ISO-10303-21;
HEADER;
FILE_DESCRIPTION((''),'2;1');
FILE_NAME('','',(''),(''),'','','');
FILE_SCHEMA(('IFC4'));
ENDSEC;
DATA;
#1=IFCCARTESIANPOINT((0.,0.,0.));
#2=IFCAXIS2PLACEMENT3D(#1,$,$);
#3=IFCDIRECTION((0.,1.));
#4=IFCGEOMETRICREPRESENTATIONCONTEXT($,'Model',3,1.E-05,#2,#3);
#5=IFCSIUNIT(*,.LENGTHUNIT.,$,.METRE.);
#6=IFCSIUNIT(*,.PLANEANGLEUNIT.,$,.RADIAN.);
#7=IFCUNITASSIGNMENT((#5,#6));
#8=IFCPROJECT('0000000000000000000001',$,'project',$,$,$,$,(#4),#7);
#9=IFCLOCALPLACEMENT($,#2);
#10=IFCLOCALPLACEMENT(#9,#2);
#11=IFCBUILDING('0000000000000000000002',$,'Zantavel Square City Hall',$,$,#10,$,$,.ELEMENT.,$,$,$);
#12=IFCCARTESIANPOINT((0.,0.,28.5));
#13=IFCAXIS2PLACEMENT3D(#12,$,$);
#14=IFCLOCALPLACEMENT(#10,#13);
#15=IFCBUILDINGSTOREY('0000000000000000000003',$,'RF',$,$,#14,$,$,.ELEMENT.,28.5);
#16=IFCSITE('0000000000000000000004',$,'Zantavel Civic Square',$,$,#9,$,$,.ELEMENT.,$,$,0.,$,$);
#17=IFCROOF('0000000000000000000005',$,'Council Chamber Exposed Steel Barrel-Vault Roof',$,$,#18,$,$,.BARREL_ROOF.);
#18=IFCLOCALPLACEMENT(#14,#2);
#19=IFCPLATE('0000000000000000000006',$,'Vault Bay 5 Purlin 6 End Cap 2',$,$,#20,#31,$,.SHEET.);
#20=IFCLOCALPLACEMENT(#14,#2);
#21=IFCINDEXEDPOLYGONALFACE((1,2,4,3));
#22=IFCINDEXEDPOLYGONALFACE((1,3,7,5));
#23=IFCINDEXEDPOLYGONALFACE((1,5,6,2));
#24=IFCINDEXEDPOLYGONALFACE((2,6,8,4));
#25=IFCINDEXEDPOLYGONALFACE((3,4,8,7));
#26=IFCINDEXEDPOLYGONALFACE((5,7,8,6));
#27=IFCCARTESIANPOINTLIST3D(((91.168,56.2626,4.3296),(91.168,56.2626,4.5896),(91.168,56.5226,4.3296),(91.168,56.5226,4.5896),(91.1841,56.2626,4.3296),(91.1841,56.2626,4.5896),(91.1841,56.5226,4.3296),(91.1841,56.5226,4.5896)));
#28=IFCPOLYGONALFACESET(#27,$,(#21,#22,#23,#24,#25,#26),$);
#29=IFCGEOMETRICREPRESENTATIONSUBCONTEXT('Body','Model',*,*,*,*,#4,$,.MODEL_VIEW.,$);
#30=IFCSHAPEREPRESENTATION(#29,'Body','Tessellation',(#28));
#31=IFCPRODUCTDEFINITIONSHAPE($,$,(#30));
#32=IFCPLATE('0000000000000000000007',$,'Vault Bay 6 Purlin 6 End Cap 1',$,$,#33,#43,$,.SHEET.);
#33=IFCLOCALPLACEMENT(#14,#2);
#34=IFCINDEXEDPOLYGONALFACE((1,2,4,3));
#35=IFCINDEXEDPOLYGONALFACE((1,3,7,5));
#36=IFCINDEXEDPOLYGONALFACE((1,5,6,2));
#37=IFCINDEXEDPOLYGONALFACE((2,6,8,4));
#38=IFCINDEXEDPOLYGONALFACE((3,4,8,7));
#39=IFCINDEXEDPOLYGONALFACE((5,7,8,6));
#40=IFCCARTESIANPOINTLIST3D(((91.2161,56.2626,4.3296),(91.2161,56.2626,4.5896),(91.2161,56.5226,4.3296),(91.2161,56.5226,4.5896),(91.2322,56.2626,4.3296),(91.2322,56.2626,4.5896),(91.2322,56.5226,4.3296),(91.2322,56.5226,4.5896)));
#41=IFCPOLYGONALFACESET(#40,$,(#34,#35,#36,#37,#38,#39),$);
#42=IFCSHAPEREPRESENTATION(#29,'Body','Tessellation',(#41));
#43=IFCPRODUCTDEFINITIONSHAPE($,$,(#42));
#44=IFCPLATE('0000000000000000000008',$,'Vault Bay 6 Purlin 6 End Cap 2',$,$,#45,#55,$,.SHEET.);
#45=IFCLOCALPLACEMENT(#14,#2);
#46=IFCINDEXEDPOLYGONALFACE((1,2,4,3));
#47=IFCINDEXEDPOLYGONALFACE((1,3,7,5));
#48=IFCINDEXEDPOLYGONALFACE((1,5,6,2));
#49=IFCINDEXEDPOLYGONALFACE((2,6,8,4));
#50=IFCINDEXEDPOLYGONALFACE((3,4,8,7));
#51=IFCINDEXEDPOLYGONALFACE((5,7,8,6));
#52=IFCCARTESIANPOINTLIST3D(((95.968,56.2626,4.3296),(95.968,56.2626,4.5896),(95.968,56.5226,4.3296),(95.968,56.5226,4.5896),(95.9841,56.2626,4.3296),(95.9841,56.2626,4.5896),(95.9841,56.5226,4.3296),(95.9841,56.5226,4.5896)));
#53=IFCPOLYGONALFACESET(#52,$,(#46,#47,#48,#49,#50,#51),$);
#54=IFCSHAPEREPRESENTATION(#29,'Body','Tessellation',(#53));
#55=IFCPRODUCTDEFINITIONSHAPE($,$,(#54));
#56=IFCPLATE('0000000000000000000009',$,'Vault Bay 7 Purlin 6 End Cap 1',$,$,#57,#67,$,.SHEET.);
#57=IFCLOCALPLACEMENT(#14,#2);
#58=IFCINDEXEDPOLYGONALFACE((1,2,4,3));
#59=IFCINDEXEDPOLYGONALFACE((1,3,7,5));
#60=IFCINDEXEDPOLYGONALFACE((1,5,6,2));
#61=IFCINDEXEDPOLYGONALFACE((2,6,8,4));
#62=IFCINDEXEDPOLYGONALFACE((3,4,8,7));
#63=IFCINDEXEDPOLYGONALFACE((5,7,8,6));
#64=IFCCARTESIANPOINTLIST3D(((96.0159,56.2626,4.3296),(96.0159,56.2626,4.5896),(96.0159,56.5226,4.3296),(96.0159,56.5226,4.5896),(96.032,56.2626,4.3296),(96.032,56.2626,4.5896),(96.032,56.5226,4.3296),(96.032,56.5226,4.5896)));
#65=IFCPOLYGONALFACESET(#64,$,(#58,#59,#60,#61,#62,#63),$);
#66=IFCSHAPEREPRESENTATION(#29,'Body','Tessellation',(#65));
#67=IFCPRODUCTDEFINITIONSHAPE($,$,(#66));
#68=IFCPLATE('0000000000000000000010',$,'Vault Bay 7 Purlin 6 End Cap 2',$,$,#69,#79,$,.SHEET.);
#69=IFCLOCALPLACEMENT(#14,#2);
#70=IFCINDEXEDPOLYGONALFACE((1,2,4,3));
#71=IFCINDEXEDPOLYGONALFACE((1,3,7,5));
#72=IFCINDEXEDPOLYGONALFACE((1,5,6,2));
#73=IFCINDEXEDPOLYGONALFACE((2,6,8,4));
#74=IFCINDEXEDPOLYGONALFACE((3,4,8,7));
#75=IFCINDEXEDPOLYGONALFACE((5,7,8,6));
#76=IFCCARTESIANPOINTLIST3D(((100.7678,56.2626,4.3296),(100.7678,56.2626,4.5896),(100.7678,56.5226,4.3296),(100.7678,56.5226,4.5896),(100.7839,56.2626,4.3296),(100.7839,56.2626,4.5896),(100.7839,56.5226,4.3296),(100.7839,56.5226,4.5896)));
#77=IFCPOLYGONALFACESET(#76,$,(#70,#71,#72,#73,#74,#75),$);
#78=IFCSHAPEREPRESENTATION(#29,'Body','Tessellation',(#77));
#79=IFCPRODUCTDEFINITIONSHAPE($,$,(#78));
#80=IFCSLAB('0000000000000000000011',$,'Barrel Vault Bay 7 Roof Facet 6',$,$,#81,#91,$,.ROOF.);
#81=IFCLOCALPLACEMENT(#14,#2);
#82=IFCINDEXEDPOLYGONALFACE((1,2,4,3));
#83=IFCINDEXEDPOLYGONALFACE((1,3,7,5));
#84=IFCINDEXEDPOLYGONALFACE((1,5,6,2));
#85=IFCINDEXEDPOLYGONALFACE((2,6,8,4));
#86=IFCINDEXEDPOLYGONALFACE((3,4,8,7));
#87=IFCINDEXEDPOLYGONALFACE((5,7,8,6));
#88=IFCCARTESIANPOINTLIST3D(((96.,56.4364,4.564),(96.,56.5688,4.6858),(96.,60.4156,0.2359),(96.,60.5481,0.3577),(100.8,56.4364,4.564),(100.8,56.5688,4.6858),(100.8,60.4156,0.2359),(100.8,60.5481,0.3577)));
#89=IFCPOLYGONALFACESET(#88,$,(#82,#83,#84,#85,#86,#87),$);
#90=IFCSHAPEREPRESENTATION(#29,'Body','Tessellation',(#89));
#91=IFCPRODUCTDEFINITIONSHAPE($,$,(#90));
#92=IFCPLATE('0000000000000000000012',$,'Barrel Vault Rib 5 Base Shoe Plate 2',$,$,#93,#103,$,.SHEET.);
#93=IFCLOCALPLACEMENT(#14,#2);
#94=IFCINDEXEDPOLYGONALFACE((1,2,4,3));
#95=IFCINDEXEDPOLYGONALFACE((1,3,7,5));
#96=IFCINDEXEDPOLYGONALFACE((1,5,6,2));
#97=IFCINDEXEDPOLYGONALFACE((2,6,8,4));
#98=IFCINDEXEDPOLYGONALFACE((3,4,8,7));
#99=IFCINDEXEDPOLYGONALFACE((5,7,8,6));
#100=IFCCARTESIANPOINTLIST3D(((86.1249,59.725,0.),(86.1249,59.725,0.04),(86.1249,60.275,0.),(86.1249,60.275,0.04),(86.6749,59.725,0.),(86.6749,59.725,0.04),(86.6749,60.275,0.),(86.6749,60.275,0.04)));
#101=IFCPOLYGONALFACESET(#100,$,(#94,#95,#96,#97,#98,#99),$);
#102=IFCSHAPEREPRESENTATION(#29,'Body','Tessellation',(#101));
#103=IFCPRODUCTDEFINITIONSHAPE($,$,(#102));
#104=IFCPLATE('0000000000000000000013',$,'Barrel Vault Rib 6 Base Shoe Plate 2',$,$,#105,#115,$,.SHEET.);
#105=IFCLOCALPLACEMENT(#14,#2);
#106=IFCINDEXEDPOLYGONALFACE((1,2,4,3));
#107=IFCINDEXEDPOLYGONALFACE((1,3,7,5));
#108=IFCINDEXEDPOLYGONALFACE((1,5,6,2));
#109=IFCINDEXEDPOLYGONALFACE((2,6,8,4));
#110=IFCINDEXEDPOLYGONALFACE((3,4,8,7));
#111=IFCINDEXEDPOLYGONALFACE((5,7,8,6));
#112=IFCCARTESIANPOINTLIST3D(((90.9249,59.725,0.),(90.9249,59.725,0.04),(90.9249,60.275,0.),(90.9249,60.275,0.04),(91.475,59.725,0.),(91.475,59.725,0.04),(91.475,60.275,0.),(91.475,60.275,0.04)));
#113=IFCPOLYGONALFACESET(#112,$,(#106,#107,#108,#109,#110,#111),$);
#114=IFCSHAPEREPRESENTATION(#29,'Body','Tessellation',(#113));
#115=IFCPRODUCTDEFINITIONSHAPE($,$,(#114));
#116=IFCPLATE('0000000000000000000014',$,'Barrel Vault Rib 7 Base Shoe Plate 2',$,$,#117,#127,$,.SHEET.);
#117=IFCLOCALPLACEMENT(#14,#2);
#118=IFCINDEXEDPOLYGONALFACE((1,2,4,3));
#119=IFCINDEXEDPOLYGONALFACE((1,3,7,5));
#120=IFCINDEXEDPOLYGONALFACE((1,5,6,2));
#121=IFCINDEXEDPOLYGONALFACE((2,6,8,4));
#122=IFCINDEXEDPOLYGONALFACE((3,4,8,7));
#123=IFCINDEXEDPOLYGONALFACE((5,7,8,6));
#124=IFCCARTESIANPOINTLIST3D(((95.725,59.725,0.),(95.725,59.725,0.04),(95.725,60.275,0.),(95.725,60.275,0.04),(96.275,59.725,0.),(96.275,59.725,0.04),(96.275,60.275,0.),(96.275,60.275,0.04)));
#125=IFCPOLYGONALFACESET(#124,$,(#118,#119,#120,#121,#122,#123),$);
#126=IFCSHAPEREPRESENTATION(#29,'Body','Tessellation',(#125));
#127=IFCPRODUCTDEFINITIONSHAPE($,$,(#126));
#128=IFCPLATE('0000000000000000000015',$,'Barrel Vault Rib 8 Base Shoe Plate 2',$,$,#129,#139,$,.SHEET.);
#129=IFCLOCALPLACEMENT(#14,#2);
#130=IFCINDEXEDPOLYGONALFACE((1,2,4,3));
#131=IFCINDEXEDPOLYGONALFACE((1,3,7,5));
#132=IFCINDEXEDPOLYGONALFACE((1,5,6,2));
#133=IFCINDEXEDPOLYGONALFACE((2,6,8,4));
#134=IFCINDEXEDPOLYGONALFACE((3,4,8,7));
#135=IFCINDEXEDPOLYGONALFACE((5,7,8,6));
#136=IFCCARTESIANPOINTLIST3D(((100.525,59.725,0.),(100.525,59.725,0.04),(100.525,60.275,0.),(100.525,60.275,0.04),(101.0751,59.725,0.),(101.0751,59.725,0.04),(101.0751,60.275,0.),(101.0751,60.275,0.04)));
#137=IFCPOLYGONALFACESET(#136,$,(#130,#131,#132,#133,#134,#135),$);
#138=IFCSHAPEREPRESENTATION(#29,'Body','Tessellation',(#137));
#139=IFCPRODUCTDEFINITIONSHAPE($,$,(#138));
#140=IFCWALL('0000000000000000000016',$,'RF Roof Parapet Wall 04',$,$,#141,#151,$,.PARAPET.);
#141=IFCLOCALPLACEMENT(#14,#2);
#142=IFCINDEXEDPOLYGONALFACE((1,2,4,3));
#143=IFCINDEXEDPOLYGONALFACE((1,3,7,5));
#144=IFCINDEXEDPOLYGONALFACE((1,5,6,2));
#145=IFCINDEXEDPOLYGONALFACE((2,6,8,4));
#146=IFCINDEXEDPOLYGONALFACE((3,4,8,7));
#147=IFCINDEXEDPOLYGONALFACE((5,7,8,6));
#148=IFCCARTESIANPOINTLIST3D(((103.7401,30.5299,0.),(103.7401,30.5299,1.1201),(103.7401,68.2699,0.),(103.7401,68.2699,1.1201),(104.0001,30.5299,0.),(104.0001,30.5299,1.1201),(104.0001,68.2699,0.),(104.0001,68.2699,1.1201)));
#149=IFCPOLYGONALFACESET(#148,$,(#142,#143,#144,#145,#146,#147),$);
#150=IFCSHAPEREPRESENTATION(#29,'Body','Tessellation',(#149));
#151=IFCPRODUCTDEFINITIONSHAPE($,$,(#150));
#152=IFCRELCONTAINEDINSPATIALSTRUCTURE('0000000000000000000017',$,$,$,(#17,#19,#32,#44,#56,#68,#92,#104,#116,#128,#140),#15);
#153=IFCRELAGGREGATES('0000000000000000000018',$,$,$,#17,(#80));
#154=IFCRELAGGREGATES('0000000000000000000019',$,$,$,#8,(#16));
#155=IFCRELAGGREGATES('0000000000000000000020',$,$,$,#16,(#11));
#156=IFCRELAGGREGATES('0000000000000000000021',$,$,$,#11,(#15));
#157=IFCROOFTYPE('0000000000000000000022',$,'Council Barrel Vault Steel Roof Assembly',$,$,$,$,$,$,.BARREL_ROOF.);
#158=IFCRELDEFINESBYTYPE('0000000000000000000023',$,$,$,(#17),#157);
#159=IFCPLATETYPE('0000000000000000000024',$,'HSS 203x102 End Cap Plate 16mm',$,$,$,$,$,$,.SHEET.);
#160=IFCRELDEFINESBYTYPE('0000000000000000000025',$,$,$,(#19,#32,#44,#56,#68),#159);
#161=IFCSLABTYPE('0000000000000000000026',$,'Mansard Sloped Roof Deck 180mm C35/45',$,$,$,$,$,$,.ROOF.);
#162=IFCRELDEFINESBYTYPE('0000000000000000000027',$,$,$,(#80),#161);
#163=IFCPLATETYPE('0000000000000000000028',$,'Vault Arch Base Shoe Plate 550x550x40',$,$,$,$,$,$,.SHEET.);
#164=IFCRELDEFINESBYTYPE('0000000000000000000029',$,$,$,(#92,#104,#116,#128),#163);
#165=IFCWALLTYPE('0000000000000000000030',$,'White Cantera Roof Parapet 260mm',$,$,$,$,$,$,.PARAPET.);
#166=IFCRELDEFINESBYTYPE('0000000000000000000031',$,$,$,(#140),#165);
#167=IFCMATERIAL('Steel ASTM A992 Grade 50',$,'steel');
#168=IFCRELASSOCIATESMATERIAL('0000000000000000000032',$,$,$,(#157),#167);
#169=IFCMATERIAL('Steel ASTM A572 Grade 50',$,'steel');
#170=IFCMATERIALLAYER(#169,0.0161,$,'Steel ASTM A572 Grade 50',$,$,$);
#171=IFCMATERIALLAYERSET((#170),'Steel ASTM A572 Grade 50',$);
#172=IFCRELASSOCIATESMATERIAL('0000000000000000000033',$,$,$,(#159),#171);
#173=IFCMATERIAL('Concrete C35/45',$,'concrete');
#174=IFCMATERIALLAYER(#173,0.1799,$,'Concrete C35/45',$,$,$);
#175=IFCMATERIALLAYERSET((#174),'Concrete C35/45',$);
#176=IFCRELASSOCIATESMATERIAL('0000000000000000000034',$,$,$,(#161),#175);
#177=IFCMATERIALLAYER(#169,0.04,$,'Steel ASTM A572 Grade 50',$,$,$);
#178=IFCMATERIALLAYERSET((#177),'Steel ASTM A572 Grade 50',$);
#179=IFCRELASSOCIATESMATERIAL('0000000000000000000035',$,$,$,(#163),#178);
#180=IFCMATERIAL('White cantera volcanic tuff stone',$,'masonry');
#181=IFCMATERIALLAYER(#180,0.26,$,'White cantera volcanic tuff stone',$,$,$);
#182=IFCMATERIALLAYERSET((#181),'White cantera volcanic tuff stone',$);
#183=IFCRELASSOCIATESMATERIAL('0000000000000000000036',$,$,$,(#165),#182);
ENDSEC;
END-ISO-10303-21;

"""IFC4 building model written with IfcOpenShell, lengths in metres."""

from ifc_helpers import new_model, si_unit, direction, frame, frame_2d, origin, origin_2d, place, context, subcontext, project, spatial, polyline, rectangle, outline, extrude, material, layer, layer_set, type_object, element, aggregate, save


model = new_model("IFC4")

# Units and contexts
model_context = context("Model", 3, precision=1e-05, world=origin(), true_north=direction((0.0, 1.0)))
body_context = subcontext(model_context, "Body", "Model", "MODEL_VIEW")
ifc_project = project(units=[si_unit("LENGTHUNIT", "METRE"), si_unit("PLANEANGLEUNIT", "RADIAN")], contexts=[model_context])

# Site, building, storey
site_placement = place(None, origin())
site = spatial("IfcSite", under=ifc_project, at=site_placement, Name="Zantavel Civic Square", CompositionType="ELEMENT", RefElevation=0.0)
building_placement = place(site_placement, origin())
building = spatial("IfcBuilding", under=site, at=building_placement, Name="Zantavel Square City Hall", CompositionType="ELEMENT")
storey_placement = place(building_placement, frame((0.0, 0.0, 28.5)))
storey = spatial("IfcBuildingStorey", under=building, at=storey_placement, Name="RF", CompositionType="ELEMENT", Elevation=28.5)

# Shared definitions
ifc_material_1 = material(Name="Steel ASTM A992 Grade 50", Category="steel")

# Roof
roof_type = type_object("IfcRoofType", Name="Council Barrel Vault Steel Roof Assembly", PredefinedType="BARREL_ROOF", material=ifc_material_1)
roof_placement = place(storey_placement, origin())
roof = element("IfcRoof", 1, at=roof_placement, inside=storey, type_object=roof_type, Name="Council Chamber Exposed Steel Barrel-Vault Roof", PredefinedType="BARREL_ROOF")

# Plates
ifc_material_2 = material(Name="Steel ASTM A572 Grade 50", Category="steel")
ifc_layer_1 = layer(ifc_material_2, 0.0161, Name="Steel ASTM A572 Grade 50")
ifc_layer_set_1 = layer_set([ifc_layer_1], Name="Steel ASTM A572 Grade 50")
plate_type_1 = type_object("IfcPlateType", Name="HSS 203x102 End Cap Plate 16mm", PredefinedType="SHEET", material=ifc_layer_set_1)
for number, where, z_axis, x_axis, name in (
    (2, (91.176, 56.3926, 4.3296), (0.0, 0.0, 1.0), (1.0, 0.0, 0.0), "Vault Bay 5 Purlin 6 End Cap 2"),
    (3, (91.2241, 56.3926, 4.3296), (0.0, 0.0, 1.0), (1.0, 0.0, 0.0), "Vault Bay 6 Purlin 6 End Cap 1"),
    (4, (95.9761, 56.3926, 4.3296), (0.0, 0.0, 1.0), (1.0, 0.0, 0.0), "Vault Bay 6 Purlin 6 End Cap 2"),
    (5, (96.0239, 56.3926, 4.3296), (0.0, 0.0, 1.0), (1.0, 0.0, 0.0), "Vault Bay 7 Purlin 6 End Cap 1"),
    (6, (100.7759, 56.3926, 4.3296), (0.0, 0.0, 1.0), (1.0, 0.0, 0.0), "Vault Bay 7 Purlin 6 End Cap 2"),
):
    element("IfcPlate", number, at=place(storey_placement, frame(where, z_axis=z_axis, x_axis=x_axis)), inside=storey, type_object=plate_type_1, Name=name, PredefinedType="SHEET", context=body_context, shape_type="SweptSolid", body=[
        extrude(rectangle(XDim=0.0161, YDim=0.26, at=origin_2d()), origin(), (0.0, 0.0, 1.0), 0.26),
    ])

# Slab
ifc_material_3 = material(Name="Concrete C35/45", Category="concrete")
ifc_layer_2 = layer(ifc_material_3, 0.1799, Name="Concrete C35/45")
ifc_layer_set_2 = layer_set([ifc_layer_2], Name="Concrete C35/45")
slab_type_1 = type_object("IfcSlabType", Name="Mansard Sloped Roof Deck 180mm C35/45", PredefinedType="ROOF", material=ifc_layer_set_2)
slab_1_placement = place(storey_placement, frame((96.0, 56.5688, 4.6858), z_axis=(0.0, 0.736154, 0.676815), x_axis=(1.0, 0.0, 0.0)))
slab_1 = element("IfcSlab", 7, at=slab_1_placement, type_object=slab_type_1, Name="Barrel Vault Bay 7 Roof Facet 6", PredefinedType="ROOF", context=body_context, shape_type="SweptSolid", body=[
    extrude(outline(polyline([(0.0, 0.0), (4.8, 0.0), (4.8, 5.8794), (0.0, 5.8794), (0.0, 0.0)])), origin(), (0.0, 0.0, -1.0), 0.1799),
])
aggregate(roof, [slab_1])

# Plates
ifc_layer_3 = layer(ifc_material_2, 0.04, Name="Steel ASTM A572 Grade 50")
ifc_layer_set_3 = layer_set([ifc_layer_3], Name="Steel ASTM A572 Grade 50")
plate_type_2 = type_object("IfcPlateType", Name="Vault Arch Base Shoe Plate 550x550x40", PredefinedType="SHEET", material=ifc_layer_set_3)
for number, where, z_axis, x_axis, name in (
    (8, (86.3999, 60.0, 0.0), (0.0, 0.0, 1.0), (1.0, 0.0, 0.0), "Barrel Vault Rib 5 Base Shoe Plate 2"),
    (9, (91.2, 60.0, 0.0), (0.0, 0.0, 1.0), (1.0, 0.0, 0.0), "Barrel Vault Rib 6 Base Shoe Plate 2"),
    (10, (96.0, 60.0, 0.0), (0.0, 0.0, 1.0), (1.0, 0.0, 0.0), "Barrel Vault Rib 7 Base Shoe Plate 2"),
    (11, (100.8, 60.0, 0.0), (0.0, 0.0, 1.0), (1.0, 0.0, 0.0), "Barrel Vault Rib 8 Base Shoe Plate 2"),
):
    element("IfcPlate", number, at=place(storey_placement, frame(where, z_axis=z_axis, x_axis=x_axis)), inside=storey, type_object=plate_type_2, Name=name, PredefinedType="SHEET", context=body_context, shape_type="SweptSolid", body=[
        extrude(rectangle(XDim=0.55, YDim=0.55, at=origin_2d()), origin(), (0.0, 0.0, 1.0), 0.04),
    ])

# Wall
ifc_material_4 = material(Name="White cantera volcanic tuff stone", Category="masonry")
ifc_layer_4 = layer(ifc_material_4, 0.26, Name="White cantera volcanic tuff stone")
ifc_layer_set_4 = layer_set([ifc_layer_4], Name="White cantera volcanic tuff stone")
wall_type = type_object("IfcWallType", Name="White Cantera Roof Parapet 260mm", PredefinedType="PARAPET", material=ifc_layer_set_4)
wall_placement = place(storey_placement, frame((103.8701, 68.27, 0.0), z_axis=(0.0, 0.0, 1.0), x_axis=(0.0, -1.0, 0.0)))
element("IfcWall", 12, at=wall_placement, inside=storey, type_object=wall_type, Name="RF Roof Parapet Wall 04", PredefinedType="PARAPET", context=body_context, shape_type="SweptSolid", body=[
    extrude(rectangle(XDim=37.74, YDim=0.26, at=frame_2d((18.8701, 0.0))), origin(), (0.0, 0.0, 1.0), 1.1201),
])

save(model, "model.ifc")
